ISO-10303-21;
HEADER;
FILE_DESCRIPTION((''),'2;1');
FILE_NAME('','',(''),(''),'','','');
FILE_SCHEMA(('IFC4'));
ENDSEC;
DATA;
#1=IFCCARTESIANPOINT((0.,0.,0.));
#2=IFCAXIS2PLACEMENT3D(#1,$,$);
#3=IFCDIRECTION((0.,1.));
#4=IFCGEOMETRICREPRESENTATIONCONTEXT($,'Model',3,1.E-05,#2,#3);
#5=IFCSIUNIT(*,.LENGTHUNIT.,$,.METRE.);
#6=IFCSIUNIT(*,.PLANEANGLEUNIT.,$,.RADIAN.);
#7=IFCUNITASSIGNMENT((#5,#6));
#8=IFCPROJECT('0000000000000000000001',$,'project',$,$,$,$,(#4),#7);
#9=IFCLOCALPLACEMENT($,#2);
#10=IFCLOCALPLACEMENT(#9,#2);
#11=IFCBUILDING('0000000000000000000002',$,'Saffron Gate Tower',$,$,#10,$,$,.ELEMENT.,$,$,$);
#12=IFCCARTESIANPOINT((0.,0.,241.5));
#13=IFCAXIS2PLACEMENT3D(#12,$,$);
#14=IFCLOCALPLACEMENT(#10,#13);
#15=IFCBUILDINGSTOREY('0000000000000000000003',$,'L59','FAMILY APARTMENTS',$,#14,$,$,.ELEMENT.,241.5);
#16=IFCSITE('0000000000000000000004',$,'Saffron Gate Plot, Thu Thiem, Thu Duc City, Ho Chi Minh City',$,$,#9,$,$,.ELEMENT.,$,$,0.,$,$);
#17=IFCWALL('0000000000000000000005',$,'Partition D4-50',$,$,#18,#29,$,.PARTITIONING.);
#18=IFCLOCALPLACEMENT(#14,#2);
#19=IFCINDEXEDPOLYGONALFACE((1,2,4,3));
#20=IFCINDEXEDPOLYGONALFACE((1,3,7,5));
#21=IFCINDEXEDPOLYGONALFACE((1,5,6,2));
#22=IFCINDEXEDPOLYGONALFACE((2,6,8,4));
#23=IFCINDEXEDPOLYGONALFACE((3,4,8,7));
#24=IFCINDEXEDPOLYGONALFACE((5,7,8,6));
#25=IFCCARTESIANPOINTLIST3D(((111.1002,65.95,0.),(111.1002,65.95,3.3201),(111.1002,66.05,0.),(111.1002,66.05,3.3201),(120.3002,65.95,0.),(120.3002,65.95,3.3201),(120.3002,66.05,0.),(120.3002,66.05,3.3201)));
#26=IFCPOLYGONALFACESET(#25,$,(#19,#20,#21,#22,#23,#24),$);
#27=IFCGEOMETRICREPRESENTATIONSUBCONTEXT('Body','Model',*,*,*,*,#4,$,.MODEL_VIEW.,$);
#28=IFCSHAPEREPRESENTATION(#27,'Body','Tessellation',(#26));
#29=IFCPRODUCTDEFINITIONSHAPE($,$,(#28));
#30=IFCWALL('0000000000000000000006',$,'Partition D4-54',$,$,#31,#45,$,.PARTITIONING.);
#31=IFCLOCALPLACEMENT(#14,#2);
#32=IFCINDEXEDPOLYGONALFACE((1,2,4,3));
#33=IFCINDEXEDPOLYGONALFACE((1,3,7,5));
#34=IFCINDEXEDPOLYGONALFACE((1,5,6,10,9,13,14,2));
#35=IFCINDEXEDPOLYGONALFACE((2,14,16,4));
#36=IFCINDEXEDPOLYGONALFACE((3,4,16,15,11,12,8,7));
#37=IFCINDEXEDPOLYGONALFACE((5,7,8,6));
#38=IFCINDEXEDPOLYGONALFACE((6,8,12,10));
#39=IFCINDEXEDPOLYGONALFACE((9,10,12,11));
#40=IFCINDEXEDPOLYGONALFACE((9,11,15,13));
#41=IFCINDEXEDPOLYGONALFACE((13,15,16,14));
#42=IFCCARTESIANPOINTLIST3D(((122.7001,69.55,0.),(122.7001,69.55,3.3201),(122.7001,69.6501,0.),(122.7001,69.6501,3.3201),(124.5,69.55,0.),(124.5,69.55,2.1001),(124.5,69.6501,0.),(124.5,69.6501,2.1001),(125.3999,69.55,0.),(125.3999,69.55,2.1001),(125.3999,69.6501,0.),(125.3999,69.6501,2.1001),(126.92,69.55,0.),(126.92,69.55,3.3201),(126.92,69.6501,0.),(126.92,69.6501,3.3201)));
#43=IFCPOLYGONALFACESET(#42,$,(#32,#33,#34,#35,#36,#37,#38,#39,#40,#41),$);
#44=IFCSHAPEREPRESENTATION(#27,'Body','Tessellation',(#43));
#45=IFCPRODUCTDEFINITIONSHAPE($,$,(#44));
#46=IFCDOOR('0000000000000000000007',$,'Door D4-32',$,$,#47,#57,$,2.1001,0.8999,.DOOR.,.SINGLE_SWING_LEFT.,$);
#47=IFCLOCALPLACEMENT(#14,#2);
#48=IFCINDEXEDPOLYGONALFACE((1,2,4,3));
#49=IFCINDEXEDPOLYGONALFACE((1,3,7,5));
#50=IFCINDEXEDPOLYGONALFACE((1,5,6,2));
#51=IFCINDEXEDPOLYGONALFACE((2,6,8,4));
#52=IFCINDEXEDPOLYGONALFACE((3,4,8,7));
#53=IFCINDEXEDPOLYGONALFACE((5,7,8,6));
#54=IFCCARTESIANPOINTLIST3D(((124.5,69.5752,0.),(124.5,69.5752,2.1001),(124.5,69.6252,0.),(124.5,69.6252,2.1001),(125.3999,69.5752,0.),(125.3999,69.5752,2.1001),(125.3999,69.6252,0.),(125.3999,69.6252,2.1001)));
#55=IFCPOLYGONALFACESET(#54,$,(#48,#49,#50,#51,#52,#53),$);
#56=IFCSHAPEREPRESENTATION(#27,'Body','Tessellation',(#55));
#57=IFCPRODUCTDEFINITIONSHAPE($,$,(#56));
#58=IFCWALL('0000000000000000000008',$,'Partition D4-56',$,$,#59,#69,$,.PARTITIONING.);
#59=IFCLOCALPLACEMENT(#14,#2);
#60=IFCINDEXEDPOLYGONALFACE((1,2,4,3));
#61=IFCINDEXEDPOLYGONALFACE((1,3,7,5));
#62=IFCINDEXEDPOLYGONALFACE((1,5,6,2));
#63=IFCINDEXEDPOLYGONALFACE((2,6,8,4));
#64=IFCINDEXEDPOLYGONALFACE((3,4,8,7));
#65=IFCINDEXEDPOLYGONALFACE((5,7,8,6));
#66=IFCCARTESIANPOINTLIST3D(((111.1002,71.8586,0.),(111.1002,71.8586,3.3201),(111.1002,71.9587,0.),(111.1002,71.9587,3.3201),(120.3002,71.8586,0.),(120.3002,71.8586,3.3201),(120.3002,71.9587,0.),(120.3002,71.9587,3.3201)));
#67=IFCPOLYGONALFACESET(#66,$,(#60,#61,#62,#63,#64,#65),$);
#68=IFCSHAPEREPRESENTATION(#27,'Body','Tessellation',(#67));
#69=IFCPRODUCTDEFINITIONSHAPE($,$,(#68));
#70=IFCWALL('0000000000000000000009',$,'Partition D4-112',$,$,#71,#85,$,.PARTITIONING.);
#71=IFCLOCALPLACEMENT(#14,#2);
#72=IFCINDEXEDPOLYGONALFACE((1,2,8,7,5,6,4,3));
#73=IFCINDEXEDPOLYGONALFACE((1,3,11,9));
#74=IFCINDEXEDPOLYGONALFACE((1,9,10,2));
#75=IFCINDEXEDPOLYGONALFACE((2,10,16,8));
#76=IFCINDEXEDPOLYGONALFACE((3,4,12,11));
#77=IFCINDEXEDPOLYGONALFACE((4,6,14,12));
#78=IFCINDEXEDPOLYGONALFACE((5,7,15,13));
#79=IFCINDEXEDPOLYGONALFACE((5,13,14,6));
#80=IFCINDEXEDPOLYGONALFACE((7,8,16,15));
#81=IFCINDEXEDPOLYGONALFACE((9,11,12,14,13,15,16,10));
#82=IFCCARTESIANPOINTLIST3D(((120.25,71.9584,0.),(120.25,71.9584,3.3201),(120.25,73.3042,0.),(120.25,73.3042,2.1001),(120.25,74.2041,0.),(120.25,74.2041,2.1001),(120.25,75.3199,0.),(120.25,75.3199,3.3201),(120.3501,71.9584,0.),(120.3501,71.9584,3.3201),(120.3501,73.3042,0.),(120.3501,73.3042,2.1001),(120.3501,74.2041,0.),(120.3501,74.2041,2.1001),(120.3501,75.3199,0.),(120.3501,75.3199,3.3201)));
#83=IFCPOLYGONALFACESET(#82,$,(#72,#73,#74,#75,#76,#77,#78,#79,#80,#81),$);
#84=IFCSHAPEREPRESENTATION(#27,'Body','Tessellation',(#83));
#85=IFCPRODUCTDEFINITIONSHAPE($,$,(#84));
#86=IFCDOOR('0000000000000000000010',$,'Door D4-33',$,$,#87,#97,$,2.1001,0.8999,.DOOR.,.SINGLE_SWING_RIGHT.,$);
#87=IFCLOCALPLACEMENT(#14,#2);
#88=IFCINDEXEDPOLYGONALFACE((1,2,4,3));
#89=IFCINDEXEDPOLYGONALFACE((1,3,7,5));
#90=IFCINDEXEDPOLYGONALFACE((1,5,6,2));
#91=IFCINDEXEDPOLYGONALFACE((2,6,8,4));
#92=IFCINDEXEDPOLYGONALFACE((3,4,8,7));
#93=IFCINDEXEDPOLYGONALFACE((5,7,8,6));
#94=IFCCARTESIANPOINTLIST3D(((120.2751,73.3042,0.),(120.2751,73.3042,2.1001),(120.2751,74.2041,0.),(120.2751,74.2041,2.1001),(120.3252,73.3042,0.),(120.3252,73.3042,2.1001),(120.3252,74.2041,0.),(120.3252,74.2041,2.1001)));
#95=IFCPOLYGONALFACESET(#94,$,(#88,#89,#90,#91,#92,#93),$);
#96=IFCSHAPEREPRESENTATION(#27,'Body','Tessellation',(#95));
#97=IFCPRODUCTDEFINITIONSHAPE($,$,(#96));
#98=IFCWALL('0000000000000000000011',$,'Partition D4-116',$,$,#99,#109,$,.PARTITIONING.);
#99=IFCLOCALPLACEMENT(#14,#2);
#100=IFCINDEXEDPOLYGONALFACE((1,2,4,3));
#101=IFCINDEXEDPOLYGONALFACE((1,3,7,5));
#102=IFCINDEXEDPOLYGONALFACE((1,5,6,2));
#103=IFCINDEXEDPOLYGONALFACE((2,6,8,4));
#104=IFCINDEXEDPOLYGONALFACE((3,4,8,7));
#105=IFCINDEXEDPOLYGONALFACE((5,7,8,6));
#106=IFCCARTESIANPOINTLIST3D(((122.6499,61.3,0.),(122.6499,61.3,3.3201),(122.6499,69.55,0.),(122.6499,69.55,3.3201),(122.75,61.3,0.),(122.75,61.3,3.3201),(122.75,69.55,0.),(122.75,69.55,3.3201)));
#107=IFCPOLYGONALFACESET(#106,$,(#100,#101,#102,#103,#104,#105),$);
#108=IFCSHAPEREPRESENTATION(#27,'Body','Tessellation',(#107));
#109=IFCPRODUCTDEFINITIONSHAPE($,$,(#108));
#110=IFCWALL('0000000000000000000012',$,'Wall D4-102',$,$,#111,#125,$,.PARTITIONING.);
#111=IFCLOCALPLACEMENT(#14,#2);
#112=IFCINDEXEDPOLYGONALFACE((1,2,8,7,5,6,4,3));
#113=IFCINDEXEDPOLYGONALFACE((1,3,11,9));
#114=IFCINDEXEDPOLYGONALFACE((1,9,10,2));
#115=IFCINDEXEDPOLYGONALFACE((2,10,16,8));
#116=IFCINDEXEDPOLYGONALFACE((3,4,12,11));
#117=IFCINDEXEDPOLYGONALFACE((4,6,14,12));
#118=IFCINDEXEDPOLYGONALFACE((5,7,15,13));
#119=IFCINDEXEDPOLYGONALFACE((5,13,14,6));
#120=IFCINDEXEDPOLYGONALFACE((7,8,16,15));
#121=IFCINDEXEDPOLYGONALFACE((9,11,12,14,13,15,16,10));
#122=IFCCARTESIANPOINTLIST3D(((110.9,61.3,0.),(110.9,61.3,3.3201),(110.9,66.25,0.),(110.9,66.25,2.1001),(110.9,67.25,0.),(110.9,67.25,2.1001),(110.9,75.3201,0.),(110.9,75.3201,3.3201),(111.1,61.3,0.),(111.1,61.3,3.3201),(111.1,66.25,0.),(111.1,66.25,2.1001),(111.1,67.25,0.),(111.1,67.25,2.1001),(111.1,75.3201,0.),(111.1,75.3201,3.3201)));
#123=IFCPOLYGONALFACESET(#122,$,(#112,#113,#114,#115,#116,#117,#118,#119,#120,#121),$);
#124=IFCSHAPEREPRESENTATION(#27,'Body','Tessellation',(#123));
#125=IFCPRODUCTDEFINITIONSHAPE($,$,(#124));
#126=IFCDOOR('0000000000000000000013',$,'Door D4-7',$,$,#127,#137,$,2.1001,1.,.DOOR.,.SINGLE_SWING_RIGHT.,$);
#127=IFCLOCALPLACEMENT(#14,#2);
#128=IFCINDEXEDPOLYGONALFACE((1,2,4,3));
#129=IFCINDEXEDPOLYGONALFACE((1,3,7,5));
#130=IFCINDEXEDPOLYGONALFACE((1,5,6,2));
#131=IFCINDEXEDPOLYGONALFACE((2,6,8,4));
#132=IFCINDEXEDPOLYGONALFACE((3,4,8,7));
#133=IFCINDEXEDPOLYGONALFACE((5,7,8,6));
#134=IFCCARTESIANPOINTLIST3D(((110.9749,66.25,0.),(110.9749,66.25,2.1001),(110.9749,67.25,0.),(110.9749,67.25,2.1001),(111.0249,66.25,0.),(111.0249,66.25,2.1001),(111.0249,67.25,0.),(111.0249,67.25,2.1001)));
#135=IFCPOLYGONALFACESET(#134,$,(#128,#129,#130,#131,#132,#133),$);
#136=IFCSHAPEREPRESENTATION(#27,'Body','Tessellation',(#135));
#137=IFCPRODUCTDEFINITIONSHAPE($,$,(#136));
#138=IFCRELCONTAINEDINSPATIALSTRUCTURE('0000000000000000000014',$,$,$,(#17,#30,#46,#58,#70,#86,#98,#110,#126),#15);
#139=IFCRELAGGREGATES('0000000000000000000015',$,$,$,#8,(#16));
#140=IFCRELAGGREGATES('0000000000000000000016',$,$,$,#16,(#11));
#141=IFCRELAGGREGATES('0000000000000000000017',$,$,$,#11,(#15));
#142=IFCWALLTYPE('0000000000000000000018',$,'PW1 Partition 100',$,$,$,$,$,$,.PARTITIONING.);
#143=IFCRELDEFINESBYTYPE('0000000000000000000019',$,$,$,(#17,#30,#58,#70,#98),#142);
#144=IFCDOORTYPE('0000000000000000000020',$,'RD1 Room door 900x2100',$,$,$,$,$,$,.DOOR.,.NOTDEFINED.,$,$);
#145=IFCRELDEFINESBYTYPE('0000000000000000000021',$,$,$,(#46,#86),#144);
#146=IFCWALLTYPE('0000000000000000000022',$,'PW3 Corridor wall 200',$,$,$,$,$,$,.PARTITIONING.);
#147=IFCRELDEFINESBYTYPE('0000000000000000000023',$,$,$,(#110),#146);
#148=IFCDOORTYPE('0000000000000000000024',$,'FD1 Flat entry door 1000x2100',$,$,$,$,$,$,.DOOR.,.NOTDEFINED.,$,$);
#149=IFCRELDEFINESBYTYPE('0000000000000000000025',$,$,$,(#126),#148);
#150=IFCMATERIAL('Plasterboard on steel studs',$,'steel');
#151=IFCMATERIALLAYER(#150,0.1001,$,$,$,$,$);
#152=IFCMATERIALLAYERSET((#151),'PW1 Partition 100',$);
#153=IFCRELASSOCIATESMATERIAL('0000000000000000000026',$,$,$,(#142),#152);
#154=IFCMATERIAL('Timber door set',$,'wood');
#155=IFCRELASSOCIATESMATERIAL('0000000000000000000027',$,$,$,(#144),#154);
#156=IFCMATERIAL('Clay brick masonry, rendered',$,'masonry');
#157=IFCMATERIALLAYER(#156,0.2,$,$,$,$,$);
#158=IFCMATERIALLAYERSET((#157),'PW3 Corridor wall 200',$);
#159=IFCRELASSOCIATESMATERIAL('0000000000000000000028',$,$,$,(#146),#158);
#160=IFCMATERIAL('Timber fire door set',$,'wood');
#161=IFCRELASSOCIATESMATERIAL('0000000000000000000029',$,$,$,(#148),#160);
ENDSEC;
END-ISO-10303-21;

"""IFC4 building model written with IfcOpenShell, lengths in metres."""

from ifc_helpers import new_model, si_unit, direction, frame, frame_2d, origin, place, context, subcontext, project, spatial, rectangle, extrude, material, layer, layer_set, type_object, element, fill, save


model = new_model("IFC4")

# Units and contexts
model_context = context("Model", 3, precision=1e-05, world=origin(), true_north=direction((0.0, 1.0)))
body_context = subcontext(model_context, "Body", "Model", "MODEL_VIEW")
ifc_project = project(units=[si_unit("LENGTHUNIT", "METRE"), si_unit("PLANEANGLEUNIT", "RADIAN")], contexts=[model_context])

# Site, building, storey
site_placement = place(None, origin())
site = spatial("IfcSite", under=ifc_project, at=site_placement, Name="Saffron Gate Plot, Thu Thiem, Thu Duc City, Ho Chi Minh City", CompositionType="ELEMENT", RefElevation=0.0)
building_placement = place(site_placement, origin())
building = spatial("IfcBuilding", under=site, at=building_placement, Name="Saffron Gate Tower", CompositionType="ELEMENT")
storey_placement = place(building_placement, frame((0.0, 0.0, 241.5)))
storey = spatial("IfcBuildingStorey", under=building, at=storey_placement, Name="L59", Description="FAMILY APARTMENTS", CompositionType="ELEMENT", Elevation=241.5)

# Wall
ifc_material_1 = material(Name="Plasterboard on steel studs", Category="steel")
ifc_layer_1 = layer(ifc_material_1, 0.1001)
ifc_layer_set_1 = layer_set([ifc_layer_1], Name="PW1 Partition 100")
wall_type_1 = type_object("IfcWallType", Name="PW1 Partition 100", PredefinedType="PARTITIONING", material=ifc_layer_set_1)
wall_1_placement = place(storey_placement, frame((111.1001, 66.0, 0.0), z_axis=(0.0, 0.0, 1.0), x_axis=(1.0, 0.0, 0.0)))
element("IfcWall", 1, at=wall_1_placement, inside=storey, type_object=wall_type_1, Name="Partition D4-50", PredefinedType="PARTITIONING", context=body_context, shape_type="SweptSolid", body=[
    extrude(rectangle(XDim=9.2, YDim=0.1001, at=frame_2d((4.6001, 0.0))), origin(), (0.0, 0.0, 1.0), 3.3201),
])

# Wall, opening, door
wall_2_placement = place(storey_placement, frame((126.9199, 69.6001, 0.0), z_axis=(0.0, 0.0, 1.0), x_axis=(-1.0, 0.0, 0.0)))
wall_2 = element("IfcWall", 2, at=wall_2_placement, inside=storey, type_object=wall_type_1, Name="Partition D4-54", PredefinedType="PARTITIONING", context=body_context, shape_type="SweptSolid", body=[
    extrude(rectangle(XDim=4.22, YDim=0.1001, at=frame_2d((2.1099, 0.0))), origin(), (0.0, 0.0, 1.0), 3.3201),
])
opening_1_placement = place(wall_2_placement, frame((1.52, 0.0, 0.0)))
opening_1 = element("IfcOpeningElement", 3, at=opening_1_placement, cuts=wall_2, PredefinedType="OPENING", context=body_context, shape_type="SweptSolid", body=[
    extrude(rectangle(XDim=0.8999, YDim=2.1001, at=frame_2d((0.45, 1.05))), frame((0.0, 0.0601, 0.0), z_axis=(0.0, -1.0, 0.0), x_axis=(1.0, 0.0, 0.0)), (0.0, 0.0, 1.0), 0.1201),
])
ifc_material_2 = material(Name="Timber door set", Category="wood")
door_type_1 = type_object("IfcDoorType", Name="RD1 Room door 900x2100", OperationType="NOTDEFINED", PredefinedType="DOOR", material=ifc_material_2)
door_1_placement = place(opening_1_placement, origin())
door_1 = element("IfcDoor", 4, at=door_1_placement, inside=storey, type_object=door_type_1, Name="Door D4-32", OperationType="SINGLE_SWING_LEFT", OverallHeight=2.1001, OverallWidth=0.8999, PredefinedType="DOOR", context=body_context, shape_type="SweptSolid", body=[
    extrude(rectangle(XDim=0.8999, YDim=2.1001, at=frame_2d((0.45, 1.05))), frame((0.0, 0.0249, 0.0), z_axis=(0.0, -1.0, 0.0), x_axis=(1.0, 0.0, 0.0)), (0.0, 0.0, 1.0), 0.05),
])
fill(opening_1, door_1)

# Wall
wall_3_placement = place(storey_placement, frame((111.1001, 71.9087, 0.0), z_axis=(0.0, 0.0, 1.0), x_axis=(1.0, 0.0, 0.0)))
element("IfcWall", 5, at=wall_3_placement, inside=storey, type_object=wall_type_1, Name="Partition D4-56", PredefinedType="PARTITIONING", context=body_context, shape_type="SweptSolid", body=[
    extrude(rectangle(XDim=9.2, YDim=0.1001, at=frame_2d((4.6001, 0.0))), origin(), (0.0, 0.0, 1.0), 3.3201),
])

# Wall, opening, door
wall_4_placement = place(storey_placement, frame((120.3, 71.9585, 0.0), z_axis=(0.0, 0.0, 1.0), x_axis=(0.0, 1.0, 0.0)))
wall_4 = element("IfcWall", 6, at=wall_4_placement, inside=storey, type_object=wall_type_1, Name="Partition D4-112", PredefinedType="PARTITIONING", context=body_context, shape_type="SweptSolid", body=[
    extrude(rectangle(XDim=3.3616, YDim=0.1001, at=frame_2d((1.6807, 0.0))), origin(), (0.0, 0.0, 1.0), 3.3201),
])
opening_2_placement = place(wall_4_placement, frame((1.3457, 0.0, 0.0)))
opening_2 = element("IfcOpeningElement", 7, at=opening_2_placement, cuts=wall_4, PredefinedType="OPENING", context=body_context, shape_type="SweptSolid", body=[
    extrude(rectangle(XDim=0.8999, YDim=2.1001, at=frame_2d((0.45, 1.05))), frame((0.0, 0.0601, 0.0), z_axis=(0.0, -1.0, 0.0), x_axis=(1.0, 0.0, 0.0)), (0.0, 0.0, 1.0), 0.1201),
])
door_2_placement = place(opening_2_placement, origin())
door_2 = element("IfcDoor", 8, at=door_2_placement, inside=storey, type_object=door_type_1, Name="Door D4-33", OperationType="SINGLE_SWING_RIGHT", OverallHeight=2.1001, OverallWidth=0.8999, PredefinedType="DOOR", context=body_context, shape_type="SweptSolid", body=[
    extrude(rectangle(XDim=0.8999, YDim=2.1001, at=frame_2d((0.45, 1.05))), frame((0.0, 0.0249, 0.0), z_axis=(0.0, -1.0, 0.0), x_axis=(1.0, 0.0, 0.0)), (0.0, 0.0, 1.0), 0.05),
])
fill(opening_2, door_2)

# Wall
wall_5_placement = place(storey_placement, frame((122.7, 69.55, 0.0), z_axis=(0.0, 0.0, 1.0), x_axis=(0.0, -1.0, 0.0)))
element("IfcWall", 9, at=wall_5_placement, inside=storey, type_object=wall_type_1, Name="Partition D4-116", PredefinedType="PARTITIONING", context=body_context, shape_type="SweptSolid", body=[
    extrude(rectangle(XDim=8.25, YDim=0.1001, at=frame_2d((4.125, 0.0))), origin(), (0.0, 0.0, 1.0), 3.3201),
])

# Wall, opening, door
ifc_material_3 = material(Name="Clay brick masonry, rendered", Category="masonry")
ifc_layer_2 = layer(ifc_material_3, 0.2)
ifc_layer_set_2 = layer_set([ifc_layer_2], Name="PW3 Corridor wall 200")
wall_type_2 = type_object("IfcWallType", Name="PW3 Corridor wall 200", PredefinedType="PARTITIONING", material=ifc_layer_set_2)
wall_6_placement = place(storey_placement, frame((111.0, 75.3201, 0.0), z_axis=(0.0, 0.0, 1.0), x_axis=(0.0, -1.0, 0.0)))
wall_6 = element("IfcWall", 10, at=wall_6_placement, inside=storey, type_object=wall_type_2, Name="Wall D4-102", PredefinedType="PARTITIONING", context=body_context, shape_type="SweptSolid", body=[
    extrude(rectangle(XDim=14.02, YDim=0.2, at=frame_2d((7.01, 0.0))), origin(), (0.0, 0.0, 1.0), 3.3201),
])
opening_3_placement = place(wall_6_placement, frame((8.0701, 0.0, 0.0)))
opening_3 = element("IfcOpeningElement", 11, at=opening_3_placement, cuts=wall_6, PredefinedType="OPENING", context=body_context, shape_type="SweptSolid", body=[
    extrude(rectangle(XDim=1.0, YDim=2.1001, at=frame_2d((0.5, 1.05))), frame((0.0, 0.1099, 0.0), z_axis=(0.0, -1.0, 0.0), x_axis=(1.0, 0.0, 0.0)), (0.0, 0.0, 1.0), 0.22),
])
ifc_material_4 = material(Name="Timber fire door set", Category="wood")
door_type_2 = type_object("IfcDoorType", Name="FD1 Flat entry door 1000x2100", OperationType="NOTDEFINED", PredefinedType="DOOR", material=ifc_material_4)
door_3_placement = place(opening_3_placement, origin())
door_3 = element("IfcDoor", 12, at=door_3_placement, inside=storey, type_object=door_type_2, Name="Door D4-7", OperationType="SINGLE_SWING_RIGHT", OverallHeight=2.1001, OverallWidth=1.0, PredefinedType="DOOR", context=body_context, shape_type="SweptSolid", body=[
    extrude(rectangle(XDim=1.0, YDim=2.1001, at=frame_2d((0.5, 1.05))), frame((0.0, 0.0249, 0.0), z_axis=(0.0, -1.0, 0.0), x_axis=(1.0, 0.0, 0.0)), (0.0, 0.0, 1.0), 0.05),
])
fill(opening_3, door_3)

save(model, "model.ifc")
